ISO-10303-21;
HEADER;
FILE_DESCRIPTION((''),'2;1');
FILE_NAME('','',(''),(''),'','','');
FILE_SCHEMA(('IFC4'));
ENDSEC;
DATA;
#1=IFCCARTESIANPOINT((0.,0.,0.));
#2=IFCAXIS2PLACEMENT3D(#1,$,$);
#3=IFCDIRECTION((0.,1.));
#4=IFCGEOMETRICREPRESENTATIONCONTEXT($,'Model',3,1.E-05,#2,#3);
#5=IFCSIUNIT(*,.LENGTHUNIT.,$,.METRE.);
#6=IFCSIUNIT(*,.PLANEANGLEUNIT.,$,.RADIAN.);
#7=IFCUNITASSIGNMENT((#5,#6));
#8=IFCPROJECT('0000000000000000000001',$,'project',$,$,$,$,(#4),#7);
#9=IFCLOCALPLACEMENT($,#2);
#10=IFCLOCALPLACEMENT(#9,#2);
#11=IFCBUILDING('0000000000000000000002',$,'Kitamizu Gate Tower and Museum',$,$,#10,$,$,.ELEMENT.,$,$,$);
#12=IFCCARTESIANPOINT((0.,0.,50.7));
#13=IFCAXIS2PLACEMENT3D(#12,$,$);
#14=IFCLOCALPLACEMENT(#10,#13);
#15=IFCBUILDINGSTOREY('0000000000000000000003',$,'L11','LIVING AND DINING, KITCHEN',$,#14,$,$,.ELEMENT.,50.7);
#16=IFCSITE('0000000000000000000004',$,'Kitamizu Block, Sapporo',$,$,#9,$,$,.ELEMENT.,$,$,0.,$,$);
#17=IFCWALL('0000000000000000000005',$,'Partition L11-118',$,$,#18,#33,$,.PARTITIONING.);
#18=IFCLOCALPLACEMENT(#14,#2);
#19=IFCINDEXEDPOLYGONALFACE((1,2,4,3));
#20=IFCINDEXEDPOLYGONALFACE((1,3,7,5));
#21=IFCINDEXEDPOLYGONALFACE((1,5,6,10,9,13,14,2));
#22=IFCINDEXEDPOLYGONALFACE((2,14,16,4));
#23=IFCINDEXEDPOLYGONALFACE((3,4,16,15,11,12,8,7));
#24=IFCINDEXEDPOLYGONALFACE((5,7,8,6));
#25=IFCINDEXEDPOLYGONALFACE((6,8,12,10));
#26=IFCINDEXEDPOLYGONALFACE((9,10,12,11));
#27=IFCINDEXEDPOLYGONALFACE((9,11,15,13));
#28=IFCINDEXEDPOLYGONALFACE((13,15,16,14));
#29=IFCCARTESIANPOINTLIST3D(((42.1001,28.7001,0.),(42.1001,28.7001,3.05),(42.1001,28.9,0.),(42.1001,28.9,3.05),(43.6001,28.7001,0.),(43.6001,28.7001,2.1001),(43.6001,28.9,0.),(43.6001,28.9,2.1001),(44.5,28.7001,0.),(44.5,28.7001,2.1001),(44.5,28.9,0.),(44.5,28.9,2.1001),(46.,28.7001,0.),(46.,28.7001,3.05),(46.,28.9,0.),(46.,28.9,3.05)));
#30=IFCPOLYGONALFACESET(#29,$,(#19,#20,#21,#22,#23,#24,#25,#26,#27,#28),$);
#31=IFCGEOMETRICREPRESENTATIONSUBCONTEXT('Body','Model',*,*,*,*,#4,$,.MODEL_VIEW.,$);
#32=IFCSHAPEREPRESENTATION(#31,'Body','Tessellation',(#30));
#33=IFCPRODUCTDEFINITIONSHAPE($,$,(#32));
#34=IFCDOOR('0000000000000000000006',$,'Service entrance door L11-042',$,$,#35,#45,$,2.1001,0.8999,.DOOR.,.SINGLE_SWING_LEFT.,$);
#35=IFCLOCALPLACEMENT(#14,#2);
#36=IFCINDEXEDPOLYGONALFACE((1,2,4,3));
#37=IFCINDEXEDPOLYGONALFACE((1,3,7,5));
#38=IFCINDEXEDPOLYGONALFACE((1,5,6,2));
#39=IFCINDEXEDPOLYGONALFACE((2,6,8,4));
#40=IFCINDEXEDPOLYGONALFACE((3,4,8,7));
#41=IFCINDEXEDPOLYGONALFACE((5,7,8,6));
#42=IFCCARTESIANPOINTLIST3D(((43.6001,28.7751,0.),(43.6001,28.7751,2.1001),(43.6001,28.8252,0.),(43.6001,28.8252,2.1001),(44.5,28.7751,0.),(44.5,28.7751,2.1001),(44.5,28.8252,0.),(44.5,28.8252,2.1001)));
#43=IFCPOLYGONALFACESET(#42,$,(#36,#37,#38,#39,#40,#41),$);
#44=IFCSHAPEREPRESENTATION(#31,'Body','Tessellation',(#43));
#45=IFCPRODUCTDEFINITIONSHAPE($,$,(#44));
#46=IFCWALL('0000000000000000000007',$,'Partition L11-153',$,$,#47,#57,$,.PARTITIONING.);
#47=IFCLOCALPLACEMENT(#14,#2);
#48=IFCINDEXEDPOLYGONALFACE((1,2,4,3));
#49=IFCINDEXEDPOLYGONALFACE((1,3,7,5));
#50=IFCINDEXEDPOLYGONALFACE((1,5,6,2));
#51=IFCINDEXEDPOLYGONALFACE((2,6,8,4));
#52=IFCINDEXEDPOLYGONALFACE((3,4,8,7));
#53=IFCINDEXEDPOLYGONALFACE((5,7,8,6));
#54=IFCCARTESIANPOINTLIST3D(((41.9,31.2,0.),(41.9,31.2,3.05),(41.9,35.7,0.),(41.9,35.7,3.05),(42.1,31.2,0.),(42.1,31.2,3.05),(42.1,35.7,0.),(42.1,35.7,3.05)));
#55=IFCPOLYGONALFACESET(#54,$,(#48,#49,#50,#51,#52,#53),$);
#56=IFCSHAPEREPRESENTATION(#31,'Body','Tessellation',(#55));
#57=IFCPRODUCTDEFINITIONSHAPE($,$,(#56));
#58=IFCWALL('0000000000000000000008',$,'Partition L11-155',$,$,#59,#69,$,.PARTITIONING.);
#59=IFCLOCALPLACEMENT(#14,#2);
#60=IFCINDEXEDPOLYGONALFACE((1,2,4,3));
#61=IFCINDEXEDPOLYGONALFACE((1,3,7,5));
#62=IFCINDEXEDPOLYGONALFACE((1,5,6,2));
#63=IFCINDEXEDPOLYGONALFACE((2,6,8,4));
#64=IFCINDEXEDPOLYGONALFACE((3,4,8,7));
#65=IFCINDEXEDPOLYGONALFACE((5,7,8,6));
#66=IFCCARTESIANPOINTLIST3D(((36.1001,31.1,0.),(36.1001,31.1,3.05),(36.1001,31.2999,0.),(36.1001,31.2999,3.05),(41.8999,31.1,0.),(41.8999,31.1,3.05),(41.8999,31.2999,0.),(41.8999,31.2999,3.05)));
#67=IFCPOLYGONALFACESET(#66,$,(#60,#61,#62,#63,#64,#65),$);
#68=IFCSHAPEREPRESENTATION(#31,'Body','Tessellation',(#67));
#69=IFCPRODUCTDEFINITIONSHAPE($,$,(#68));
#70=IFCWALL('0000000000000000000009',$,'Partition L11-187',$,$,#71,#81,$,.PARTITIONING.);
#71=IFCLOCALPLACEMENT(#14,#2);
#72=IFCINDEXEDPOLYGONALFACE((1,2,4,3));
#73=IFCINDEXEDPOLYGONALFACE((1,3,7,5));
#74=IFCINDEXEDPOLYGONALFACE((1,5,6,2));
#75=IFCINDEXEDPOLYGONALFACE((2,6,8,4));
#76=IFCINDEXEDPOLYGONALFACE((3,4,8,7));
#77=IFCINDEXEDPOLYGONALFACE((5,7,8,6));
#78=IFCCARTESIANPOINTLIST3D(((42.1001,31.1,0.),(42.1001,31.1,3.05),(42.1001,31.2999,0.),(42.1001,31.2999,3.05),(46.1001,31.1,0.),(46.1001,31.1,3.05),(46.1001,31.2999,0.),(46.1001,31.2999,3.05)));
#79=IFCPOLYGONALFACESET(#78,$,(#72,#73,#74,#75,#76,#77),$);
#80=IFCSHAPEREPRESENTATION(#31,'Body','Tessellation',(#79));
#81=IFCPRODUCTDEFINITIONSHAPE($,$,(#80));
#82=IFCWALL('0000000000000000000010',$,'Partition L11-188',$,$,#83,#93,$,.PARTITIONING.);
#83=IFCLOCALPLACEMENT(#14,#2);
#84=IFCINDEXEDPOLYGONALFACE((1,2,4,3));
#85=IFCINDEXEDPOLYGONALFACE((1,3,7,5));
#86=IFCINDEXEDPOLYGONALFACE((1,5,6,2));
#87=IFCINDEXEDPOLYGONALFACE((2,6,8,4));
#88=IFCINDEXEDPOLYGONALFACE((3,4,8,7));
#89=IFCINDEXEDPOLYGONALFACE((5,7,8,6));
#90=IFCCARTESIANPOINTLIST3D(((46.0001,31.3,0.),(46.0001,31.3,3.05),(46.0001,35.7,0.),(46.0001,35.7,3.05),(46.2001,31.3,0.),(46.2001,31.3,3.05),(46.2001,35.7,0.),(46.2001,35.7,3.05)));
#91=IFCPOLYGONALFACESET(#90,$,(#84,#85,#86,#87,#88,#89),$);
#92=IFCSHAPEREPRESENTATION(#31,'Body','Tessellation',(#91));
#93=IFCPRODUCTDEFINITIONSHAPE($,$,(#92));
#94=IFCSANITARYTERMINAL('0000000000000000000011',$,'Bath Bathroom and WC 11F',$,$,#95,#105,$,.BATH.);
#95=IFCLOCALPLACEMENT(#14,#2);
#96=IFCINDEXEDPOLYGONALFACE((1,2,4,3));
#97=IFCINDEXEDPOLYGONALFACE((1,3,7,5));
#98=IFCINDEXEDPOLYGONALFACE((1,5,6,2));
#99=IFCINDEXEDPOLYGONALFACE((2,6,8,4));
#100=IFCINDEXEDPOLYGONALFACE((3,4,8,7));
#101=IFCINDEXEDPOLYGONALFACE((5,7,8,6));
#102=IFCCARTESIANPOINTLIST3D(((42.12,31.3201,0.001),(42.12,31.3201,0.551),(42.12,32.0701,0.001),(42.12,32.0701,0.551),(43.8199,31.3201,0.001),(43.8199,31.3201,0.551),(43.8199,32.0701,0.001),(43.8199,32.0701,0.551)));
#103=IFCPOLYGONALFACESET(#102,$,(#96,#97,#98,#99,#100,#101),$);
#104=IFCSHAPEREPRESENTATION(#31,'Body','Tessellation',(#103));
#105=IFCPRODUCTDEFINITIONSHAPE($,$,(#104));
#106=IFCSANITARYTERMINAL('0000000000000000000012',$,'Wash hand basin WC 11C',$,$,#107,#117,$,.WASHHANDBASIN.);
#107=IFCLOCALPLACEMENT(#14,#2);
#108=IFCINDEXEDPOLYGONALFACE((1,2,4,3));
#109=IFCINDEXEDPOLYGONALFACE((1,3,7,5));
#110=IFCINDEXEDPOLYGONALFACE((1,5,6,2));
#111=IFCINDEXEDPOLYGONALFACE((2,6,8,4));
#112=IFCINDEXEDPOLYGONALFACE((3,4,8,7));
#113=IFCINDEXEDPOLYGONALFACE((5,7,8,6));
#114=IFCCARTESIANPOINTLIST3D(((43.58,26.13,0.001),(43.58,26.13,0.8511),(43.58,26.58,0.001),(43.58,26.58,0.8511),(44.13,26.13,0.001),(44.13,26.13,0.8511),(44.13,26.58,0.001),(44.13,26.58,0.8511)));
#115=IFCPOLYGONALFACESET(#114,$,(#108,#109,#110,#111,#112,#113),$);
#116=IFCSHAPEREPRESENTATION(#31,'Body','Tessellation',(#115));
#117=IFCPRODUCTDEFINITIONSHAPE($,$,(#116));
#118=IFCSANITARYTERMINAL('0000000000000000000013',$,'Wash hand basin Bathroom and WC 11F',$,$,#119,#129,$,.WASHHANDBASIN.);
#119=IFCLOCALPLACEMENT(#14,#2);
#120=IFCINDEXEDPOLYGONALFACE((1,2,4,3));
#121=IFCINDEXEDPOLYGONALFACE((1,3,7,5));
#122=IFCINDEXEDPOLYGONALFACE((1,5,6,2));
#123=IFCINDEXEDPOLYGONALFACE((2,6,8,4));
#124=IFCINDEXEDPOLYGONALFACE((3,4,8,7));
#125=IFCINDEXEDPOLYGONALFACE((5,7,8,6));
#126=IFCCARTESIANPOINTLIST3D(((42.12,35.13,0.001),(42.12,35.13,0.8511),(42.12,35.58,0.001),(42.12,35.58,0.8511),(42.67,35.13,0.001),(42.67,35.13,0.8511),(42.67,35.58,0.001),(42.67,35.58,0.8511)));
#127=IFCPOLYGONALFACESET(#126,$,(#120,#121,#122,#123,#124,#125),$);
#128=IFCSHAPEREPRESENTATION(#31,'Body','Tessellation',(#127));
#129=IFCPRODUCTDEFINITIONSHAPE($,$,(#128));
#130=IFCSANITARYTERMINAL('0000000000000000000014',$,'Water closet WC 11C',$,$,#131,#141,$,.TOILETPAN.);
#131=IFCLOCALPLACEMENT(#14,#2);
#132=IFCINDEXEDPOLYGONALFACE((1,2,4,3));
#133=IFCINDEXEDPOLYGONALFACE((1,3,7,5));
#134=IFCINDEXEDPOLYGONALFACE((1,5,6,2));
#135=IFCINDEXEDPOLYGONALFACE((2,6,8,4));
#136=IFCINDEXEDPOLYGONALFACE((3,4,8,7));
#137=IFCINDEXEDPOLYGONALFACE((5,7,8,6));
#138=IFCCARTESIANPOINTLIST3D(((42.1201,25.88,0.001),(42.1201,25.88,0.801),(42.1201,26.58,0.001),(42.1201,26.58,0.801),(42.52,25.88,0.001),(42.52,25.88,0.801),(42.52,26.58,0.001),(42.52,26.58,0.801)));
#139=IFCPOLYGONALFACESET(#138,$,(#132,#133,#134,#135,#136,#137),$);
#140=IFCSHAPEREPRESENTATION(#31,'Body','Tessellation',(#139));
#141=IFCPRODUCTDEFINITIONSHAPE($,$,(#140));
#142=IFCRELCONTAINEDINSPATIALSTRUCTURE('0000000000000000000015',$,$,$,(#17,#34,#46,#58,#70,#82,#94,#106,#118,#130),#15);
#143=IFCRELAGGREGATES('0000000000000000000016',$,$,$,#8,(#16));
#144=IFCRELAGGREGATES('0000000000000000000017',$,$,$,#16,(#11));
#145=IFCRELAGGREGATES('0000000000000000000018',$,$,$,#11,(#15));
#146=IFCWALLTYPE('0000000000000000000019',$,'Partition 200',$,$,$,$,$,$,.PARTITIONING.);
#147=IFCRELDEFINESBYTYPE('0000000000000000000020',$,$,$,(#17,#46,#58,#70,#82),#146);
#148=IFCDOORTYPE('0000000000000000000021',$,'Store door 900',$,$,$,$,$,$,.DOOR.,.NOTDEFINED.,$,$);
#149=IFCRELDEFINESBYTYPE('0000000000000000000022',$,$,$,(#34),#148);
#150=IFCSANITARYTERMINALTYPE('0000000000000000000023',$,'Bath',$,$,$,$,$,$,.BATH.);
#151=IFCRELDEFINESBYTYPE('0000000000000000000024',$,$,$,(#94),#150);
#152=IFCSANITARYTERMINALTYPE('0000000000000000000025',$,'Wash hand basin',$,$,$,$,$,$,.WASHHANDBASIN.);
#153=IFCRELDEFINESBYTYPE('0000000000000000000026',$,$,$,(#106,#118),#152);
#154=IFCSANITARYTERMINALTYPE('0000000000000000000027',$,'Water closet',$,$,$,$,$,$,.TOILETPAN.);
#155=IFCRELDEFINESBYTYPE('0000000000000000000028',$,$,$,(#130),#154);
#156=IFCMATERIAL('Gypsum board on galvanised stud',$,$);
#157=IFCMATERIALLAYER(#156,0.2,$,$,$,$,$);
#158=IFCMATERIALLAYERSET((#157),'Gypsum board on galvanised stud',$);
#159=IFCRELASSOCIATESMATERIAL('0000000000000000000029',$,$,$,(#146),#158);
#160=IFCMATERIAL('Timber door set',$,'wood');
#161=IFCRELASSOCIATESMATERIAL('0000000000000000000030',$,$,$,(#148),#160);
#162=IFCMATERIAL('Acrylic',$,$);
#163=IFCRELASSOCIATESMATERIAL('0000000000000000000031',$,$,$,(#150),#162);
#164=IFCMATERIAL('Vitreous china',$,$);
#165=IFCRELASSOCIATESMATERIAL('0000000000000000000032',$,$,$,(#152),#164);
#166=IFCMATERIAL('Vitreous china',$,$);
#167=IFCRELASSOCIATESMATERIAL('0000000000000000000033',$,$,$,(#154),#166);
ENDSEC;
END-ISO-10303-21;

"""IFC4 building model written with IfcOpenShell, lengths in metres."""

from ifc_helpers import new_model, si_unit, direction, frame, frame_2d, origin, origin_2d, place, context, subcontext, project, spatial, rectangle, extrude, material, layer, layer_set, type_object, element, fill, save


model = new_model("IFC4")

# Units and contexts
model_context = context("Model", 3, precision=1e-05, world=origin(), true_north=direction((0.0, 1.0)))
body_context = subcontext(model_context, "Body", "Model", "MODEL_VIEW")
ifc_project = project(units=[si_unit("LENGTHUNIT", "METRE"), si_unit("PLANEANGLEUNIT", "RADIAN")], contexts=[model_context])

# Site, building, storey
site_placement = place(None, origin())
site = spatial("IfcSite", under=ifc_project, at=site_placement, Name="Kitamizu Block, Sapporo", CompositionType="ELEMENT", RefElevation=0.0)
building_placement = place(site_placement, origin())
building = spatial("IfcBuilding", under=site, at=building_placement, Name="Kitamizu Gate Tower and Museum", CompositionType="ELEMENT")
storey_placement = place(building_placement, frame((0.0, 0.0, 50.7)))
storey = spatial("IfcBuildingStorey", under=building, at=storey_placement, Name="L11", Description="LIVING AND DINING, KITCHEN", CompositionType="ELEMENT", Elevation=50.7)

# Shared definitions
ifc_material_1 = material(Name="Gypsum board on galvanised stud")
ifc_layer_1 = layer(ifc_material_1, 0.2)
ifc_layer_set_1 = layer_set([ifc_layer_1], Name="Gypsum board on galvanised stud")
wall_type_1 = type_object("IfcWallType", Name="Partition 200", PredefinedType="PARTITIONING", material=ifc_layer_set_1)

# Wall, opening, door
wall_1_placement = place(storey_placement, frame((46.0, 28.8, 0.0), z_axis=(0.0, 0.0, 1.0), x_axis=(-1.0, 0.0, 0.0)))
wall_1 = element("IfcWall", 1, at=wall_1_placement, inside=storey, type_object=wall_type_1, Name="Partition L11-118", PredefinedType="PARTITIONING", context=body_context, shape_type="SweptSolid", body=[
    extrude(rectangle(XDim=3.8999, YDim=0.2, at=frame_2d((1.95, 0.0))), origin(), (0.0, 0.0, 1.0), 3.05),
])
opening_1_placement = place(wall_1_placement, frame((1.5, 0.0, 0.0)))
opening_1 = element("IfcOpeningElement", 2, at=opening_1_placement, cuts=wall_1, PredefinedType="OPENING", context=body_context, shape_type="SweptSolid", body=[
    extrude(rectangle(XDim=0.8999, YDim=2.1001, at=frame_2d((0.45, 1.05))), frame((0.0, 0.1099, 0.0), z_axis=(0.0, -1.0, 0.0), x_axis=(1.0, 0.0, 0.0)), (0.0, 0.0, 1.0), 0.22),
])
ifc_material_2 = material(Name="Timber door set", Category="wood")
door_type_1 = type_object("IfcDoorType", Name="Store door 900", OperationType="NOTDEFINED", PredefinedType="DOOR", material=ifc_material_2)
door_1_placement = place(opening_1_placement, origin())
door_1 = element("IfcDoor", 3, at=door_1_placement, inside=storey, type_object=door_type_1, Name="Service entrance door L11-042", OperationType="SINGLE_SWING_LEFT", OverallHeight=2.1001, OverallWidth=0.8999, PredefinedType="DOOR", context=body_context, shape_type="SweptSolid", body=[
    extrude(rectangle(XDim=0.8999, YDim=2.1001, at=frame_2d((0.45, 1.05))), frame((0.0, 0.0249, 0.0), z_axis=(0.0, -1.0, 0.0), x_axis=(1.0, 0.0, 0.0)), (0.0, 0.0, 1.0), 0.05),
])
fill(opening_1, door_1)

# Walls
wall_2_placement = place(storey_placement, frame((42.0, 31.2, 0.0), z_axis=(0.0, 0.0, 1.0), x_axis=(0.0, 1.0, 0.0)))
element("IfcWall", 4, at=wall_2_placement, inside=storey, type_object=wall_type_1, Name="Partition L11-153", PredefinedType="PARTITIONING", context=body_context, shape_type="SweptSolid", body=[
    extrude(rectangle(XDim=4.5, YDim=0.2, at=frame_2d((2.25, 0.0))), origin(), (0.0, 0.0, 1.0), 3.05),
])
wall_3_placement = place(storey_placement, frame((36.1001, 31.2, 0.0), z_axis=(0.0, 0.0, 1.0), x_axis=(1.0, 0.0, 0.0)))
element("IfcWall", 5, at=wall_3_placement, inside=storey, type_object=wall_type_1, Name="Partition L11-155", PredefinedType="PARTITIONING", context=body_context, shape_type="SweptSolid", body=[
    extrude(rectangle(XDim=5.7998, YDim=0.2, at=frame_2d((2.8999, 0.0))), origin(), (0.0, 0.0, 1.0), 3.05),
])
wall_4_placement = place(storey_placement, frame((42.1001, 31.2, 0.0), z_axis=(0.0, 0.0, 1.0), x_axis=(1.0, 0.0, 0.0)))
element("IfcWall", 6, at=wall_4_placement, inside=storey, type_object=wall_type_1, Name="Partition L11-187", PredefinedType="PARTITIONING", context=body_context, shape_type="SweptSolid", body=[
    extrude(rectangle(XDim=4.0, YDim=0.2, at=frame_2d((2.0, 0.0))), origin(), (0.0, 0.0, 1.0), 3.05),
])
wall_5_placement = place(storey_placement, frame((46.1001, 31.3, 0.0), z_axis=(0.0, 0.0, 1.0), x_axis=(0.0, 1.0, 0.0)))
element("IfcWall", 7, at=wall_5_placement, inside=storey, type_object=wall_type_1, Name="Partition L11-188", PredefinedType="PARTITIONING", context=body_context, shape_type="SweptSolid", body=[
    extrude(rectangle(XDim=4.3999, YDim=0.2, at=frame_2d((2.2, 0.0))), origin(), (0.0, 0.0, 1.0), 3.05),
])

# Sanitary terminals
ifc_material_3 = material(Name="Acrylic")
sanitary_terminal_type_1 = type_object("IfcSanitaryTerminalType", Name="Bath", PredefinedType="BATH", material=ifc_material_3)
sanitary_terminal_1_placement = place(storey_placement, frame((42.97, 31.6951, 0.001), z_axis=(0.0, 0.0, 1.0), x_axis=(1.0, 0.0, 0.0)))
element("IfcSanitaryTerminal", 8, at=sanitary_terminal_1_placement, inside=storey, type_object=sanitary_terminal_type_1, Name="Bath Bathroom and WC 11F", PredefinedType="BATH", context=body_context, shape_type="SweptSolid", body=[
    extrude(rectangle(XDim=1.7, YDim=0.75, at=origin_2d()), origin(), (0.0, 0.0, 1.0), 0.55),
])
ifc_material_4 = material(Name="Vitreous china")
sanitary_terminal_type_2 = type_object("IfcSanitaryTerminalType", Name="Wash hand basin", PredefinedType="WASHHANDBASIN", material=ifc_material_4)
for number, where, z_axis, x_axis, name in (
    (9, (43.855, 26.355, 0.001), (0.0, 0.0, 1.0), (1.0, 0.0, 0.0), "Wash hand basin WC 11C"),
    (10, (42.395, 35.355, 0.001), (0.0, 0.0, 1.0), (1.0, 0.0, 0.0), "Wash hand basin Bathroom and WC 11F"),
):
    element("IfcSanitaryTerminal", number, at=place(storey_placement, frame(where, z_axis=z_axis, x_axis=x_axis)), inside=storey, type_object=sanitary_terminal_type_2, Name=name, PredefinedType="WASHHANDBASIN", context=body_context, shape_type="SweptSolid", body=[
        extrude(rectangle(XDim=0.55, YDim=0.45, at=origin_2d()), origin(), (0.0, 0.0, 1.0), 0.8501),
    ])
ifc_material_5 = material(Name="Vitreous china")
sanitary_terminal_type_3 = type_object("IfcSanitaryTerminalType", Name="Water closet", PredefinedType="TOILETPAN", material=ifc_material_5)
sanitary_terminal_2_placement = place(storey_placement, frame((42.3201, 26.23, 0.001), z_axis=(0.0, 0.0, 1.0), x_axis=(1.0, 0.0, 0.0)))
element("IfcSanitaryTerminal", 11, at=sanitary_terminal_2_placement, inside=storey, type_object=sanitary_terminal_type_3, Name="Water closet WC 11C", PredefinedType="TOILETPAN", context=body_context, shape_type="SweptSolid", body=[
    extrude(rectangle(XDim=0.3999, YDim=0.7, at=origin_2d()), origin(), (0.0, 0.0, 1.0), 0.8),
])

save(model, "model.ifc")
